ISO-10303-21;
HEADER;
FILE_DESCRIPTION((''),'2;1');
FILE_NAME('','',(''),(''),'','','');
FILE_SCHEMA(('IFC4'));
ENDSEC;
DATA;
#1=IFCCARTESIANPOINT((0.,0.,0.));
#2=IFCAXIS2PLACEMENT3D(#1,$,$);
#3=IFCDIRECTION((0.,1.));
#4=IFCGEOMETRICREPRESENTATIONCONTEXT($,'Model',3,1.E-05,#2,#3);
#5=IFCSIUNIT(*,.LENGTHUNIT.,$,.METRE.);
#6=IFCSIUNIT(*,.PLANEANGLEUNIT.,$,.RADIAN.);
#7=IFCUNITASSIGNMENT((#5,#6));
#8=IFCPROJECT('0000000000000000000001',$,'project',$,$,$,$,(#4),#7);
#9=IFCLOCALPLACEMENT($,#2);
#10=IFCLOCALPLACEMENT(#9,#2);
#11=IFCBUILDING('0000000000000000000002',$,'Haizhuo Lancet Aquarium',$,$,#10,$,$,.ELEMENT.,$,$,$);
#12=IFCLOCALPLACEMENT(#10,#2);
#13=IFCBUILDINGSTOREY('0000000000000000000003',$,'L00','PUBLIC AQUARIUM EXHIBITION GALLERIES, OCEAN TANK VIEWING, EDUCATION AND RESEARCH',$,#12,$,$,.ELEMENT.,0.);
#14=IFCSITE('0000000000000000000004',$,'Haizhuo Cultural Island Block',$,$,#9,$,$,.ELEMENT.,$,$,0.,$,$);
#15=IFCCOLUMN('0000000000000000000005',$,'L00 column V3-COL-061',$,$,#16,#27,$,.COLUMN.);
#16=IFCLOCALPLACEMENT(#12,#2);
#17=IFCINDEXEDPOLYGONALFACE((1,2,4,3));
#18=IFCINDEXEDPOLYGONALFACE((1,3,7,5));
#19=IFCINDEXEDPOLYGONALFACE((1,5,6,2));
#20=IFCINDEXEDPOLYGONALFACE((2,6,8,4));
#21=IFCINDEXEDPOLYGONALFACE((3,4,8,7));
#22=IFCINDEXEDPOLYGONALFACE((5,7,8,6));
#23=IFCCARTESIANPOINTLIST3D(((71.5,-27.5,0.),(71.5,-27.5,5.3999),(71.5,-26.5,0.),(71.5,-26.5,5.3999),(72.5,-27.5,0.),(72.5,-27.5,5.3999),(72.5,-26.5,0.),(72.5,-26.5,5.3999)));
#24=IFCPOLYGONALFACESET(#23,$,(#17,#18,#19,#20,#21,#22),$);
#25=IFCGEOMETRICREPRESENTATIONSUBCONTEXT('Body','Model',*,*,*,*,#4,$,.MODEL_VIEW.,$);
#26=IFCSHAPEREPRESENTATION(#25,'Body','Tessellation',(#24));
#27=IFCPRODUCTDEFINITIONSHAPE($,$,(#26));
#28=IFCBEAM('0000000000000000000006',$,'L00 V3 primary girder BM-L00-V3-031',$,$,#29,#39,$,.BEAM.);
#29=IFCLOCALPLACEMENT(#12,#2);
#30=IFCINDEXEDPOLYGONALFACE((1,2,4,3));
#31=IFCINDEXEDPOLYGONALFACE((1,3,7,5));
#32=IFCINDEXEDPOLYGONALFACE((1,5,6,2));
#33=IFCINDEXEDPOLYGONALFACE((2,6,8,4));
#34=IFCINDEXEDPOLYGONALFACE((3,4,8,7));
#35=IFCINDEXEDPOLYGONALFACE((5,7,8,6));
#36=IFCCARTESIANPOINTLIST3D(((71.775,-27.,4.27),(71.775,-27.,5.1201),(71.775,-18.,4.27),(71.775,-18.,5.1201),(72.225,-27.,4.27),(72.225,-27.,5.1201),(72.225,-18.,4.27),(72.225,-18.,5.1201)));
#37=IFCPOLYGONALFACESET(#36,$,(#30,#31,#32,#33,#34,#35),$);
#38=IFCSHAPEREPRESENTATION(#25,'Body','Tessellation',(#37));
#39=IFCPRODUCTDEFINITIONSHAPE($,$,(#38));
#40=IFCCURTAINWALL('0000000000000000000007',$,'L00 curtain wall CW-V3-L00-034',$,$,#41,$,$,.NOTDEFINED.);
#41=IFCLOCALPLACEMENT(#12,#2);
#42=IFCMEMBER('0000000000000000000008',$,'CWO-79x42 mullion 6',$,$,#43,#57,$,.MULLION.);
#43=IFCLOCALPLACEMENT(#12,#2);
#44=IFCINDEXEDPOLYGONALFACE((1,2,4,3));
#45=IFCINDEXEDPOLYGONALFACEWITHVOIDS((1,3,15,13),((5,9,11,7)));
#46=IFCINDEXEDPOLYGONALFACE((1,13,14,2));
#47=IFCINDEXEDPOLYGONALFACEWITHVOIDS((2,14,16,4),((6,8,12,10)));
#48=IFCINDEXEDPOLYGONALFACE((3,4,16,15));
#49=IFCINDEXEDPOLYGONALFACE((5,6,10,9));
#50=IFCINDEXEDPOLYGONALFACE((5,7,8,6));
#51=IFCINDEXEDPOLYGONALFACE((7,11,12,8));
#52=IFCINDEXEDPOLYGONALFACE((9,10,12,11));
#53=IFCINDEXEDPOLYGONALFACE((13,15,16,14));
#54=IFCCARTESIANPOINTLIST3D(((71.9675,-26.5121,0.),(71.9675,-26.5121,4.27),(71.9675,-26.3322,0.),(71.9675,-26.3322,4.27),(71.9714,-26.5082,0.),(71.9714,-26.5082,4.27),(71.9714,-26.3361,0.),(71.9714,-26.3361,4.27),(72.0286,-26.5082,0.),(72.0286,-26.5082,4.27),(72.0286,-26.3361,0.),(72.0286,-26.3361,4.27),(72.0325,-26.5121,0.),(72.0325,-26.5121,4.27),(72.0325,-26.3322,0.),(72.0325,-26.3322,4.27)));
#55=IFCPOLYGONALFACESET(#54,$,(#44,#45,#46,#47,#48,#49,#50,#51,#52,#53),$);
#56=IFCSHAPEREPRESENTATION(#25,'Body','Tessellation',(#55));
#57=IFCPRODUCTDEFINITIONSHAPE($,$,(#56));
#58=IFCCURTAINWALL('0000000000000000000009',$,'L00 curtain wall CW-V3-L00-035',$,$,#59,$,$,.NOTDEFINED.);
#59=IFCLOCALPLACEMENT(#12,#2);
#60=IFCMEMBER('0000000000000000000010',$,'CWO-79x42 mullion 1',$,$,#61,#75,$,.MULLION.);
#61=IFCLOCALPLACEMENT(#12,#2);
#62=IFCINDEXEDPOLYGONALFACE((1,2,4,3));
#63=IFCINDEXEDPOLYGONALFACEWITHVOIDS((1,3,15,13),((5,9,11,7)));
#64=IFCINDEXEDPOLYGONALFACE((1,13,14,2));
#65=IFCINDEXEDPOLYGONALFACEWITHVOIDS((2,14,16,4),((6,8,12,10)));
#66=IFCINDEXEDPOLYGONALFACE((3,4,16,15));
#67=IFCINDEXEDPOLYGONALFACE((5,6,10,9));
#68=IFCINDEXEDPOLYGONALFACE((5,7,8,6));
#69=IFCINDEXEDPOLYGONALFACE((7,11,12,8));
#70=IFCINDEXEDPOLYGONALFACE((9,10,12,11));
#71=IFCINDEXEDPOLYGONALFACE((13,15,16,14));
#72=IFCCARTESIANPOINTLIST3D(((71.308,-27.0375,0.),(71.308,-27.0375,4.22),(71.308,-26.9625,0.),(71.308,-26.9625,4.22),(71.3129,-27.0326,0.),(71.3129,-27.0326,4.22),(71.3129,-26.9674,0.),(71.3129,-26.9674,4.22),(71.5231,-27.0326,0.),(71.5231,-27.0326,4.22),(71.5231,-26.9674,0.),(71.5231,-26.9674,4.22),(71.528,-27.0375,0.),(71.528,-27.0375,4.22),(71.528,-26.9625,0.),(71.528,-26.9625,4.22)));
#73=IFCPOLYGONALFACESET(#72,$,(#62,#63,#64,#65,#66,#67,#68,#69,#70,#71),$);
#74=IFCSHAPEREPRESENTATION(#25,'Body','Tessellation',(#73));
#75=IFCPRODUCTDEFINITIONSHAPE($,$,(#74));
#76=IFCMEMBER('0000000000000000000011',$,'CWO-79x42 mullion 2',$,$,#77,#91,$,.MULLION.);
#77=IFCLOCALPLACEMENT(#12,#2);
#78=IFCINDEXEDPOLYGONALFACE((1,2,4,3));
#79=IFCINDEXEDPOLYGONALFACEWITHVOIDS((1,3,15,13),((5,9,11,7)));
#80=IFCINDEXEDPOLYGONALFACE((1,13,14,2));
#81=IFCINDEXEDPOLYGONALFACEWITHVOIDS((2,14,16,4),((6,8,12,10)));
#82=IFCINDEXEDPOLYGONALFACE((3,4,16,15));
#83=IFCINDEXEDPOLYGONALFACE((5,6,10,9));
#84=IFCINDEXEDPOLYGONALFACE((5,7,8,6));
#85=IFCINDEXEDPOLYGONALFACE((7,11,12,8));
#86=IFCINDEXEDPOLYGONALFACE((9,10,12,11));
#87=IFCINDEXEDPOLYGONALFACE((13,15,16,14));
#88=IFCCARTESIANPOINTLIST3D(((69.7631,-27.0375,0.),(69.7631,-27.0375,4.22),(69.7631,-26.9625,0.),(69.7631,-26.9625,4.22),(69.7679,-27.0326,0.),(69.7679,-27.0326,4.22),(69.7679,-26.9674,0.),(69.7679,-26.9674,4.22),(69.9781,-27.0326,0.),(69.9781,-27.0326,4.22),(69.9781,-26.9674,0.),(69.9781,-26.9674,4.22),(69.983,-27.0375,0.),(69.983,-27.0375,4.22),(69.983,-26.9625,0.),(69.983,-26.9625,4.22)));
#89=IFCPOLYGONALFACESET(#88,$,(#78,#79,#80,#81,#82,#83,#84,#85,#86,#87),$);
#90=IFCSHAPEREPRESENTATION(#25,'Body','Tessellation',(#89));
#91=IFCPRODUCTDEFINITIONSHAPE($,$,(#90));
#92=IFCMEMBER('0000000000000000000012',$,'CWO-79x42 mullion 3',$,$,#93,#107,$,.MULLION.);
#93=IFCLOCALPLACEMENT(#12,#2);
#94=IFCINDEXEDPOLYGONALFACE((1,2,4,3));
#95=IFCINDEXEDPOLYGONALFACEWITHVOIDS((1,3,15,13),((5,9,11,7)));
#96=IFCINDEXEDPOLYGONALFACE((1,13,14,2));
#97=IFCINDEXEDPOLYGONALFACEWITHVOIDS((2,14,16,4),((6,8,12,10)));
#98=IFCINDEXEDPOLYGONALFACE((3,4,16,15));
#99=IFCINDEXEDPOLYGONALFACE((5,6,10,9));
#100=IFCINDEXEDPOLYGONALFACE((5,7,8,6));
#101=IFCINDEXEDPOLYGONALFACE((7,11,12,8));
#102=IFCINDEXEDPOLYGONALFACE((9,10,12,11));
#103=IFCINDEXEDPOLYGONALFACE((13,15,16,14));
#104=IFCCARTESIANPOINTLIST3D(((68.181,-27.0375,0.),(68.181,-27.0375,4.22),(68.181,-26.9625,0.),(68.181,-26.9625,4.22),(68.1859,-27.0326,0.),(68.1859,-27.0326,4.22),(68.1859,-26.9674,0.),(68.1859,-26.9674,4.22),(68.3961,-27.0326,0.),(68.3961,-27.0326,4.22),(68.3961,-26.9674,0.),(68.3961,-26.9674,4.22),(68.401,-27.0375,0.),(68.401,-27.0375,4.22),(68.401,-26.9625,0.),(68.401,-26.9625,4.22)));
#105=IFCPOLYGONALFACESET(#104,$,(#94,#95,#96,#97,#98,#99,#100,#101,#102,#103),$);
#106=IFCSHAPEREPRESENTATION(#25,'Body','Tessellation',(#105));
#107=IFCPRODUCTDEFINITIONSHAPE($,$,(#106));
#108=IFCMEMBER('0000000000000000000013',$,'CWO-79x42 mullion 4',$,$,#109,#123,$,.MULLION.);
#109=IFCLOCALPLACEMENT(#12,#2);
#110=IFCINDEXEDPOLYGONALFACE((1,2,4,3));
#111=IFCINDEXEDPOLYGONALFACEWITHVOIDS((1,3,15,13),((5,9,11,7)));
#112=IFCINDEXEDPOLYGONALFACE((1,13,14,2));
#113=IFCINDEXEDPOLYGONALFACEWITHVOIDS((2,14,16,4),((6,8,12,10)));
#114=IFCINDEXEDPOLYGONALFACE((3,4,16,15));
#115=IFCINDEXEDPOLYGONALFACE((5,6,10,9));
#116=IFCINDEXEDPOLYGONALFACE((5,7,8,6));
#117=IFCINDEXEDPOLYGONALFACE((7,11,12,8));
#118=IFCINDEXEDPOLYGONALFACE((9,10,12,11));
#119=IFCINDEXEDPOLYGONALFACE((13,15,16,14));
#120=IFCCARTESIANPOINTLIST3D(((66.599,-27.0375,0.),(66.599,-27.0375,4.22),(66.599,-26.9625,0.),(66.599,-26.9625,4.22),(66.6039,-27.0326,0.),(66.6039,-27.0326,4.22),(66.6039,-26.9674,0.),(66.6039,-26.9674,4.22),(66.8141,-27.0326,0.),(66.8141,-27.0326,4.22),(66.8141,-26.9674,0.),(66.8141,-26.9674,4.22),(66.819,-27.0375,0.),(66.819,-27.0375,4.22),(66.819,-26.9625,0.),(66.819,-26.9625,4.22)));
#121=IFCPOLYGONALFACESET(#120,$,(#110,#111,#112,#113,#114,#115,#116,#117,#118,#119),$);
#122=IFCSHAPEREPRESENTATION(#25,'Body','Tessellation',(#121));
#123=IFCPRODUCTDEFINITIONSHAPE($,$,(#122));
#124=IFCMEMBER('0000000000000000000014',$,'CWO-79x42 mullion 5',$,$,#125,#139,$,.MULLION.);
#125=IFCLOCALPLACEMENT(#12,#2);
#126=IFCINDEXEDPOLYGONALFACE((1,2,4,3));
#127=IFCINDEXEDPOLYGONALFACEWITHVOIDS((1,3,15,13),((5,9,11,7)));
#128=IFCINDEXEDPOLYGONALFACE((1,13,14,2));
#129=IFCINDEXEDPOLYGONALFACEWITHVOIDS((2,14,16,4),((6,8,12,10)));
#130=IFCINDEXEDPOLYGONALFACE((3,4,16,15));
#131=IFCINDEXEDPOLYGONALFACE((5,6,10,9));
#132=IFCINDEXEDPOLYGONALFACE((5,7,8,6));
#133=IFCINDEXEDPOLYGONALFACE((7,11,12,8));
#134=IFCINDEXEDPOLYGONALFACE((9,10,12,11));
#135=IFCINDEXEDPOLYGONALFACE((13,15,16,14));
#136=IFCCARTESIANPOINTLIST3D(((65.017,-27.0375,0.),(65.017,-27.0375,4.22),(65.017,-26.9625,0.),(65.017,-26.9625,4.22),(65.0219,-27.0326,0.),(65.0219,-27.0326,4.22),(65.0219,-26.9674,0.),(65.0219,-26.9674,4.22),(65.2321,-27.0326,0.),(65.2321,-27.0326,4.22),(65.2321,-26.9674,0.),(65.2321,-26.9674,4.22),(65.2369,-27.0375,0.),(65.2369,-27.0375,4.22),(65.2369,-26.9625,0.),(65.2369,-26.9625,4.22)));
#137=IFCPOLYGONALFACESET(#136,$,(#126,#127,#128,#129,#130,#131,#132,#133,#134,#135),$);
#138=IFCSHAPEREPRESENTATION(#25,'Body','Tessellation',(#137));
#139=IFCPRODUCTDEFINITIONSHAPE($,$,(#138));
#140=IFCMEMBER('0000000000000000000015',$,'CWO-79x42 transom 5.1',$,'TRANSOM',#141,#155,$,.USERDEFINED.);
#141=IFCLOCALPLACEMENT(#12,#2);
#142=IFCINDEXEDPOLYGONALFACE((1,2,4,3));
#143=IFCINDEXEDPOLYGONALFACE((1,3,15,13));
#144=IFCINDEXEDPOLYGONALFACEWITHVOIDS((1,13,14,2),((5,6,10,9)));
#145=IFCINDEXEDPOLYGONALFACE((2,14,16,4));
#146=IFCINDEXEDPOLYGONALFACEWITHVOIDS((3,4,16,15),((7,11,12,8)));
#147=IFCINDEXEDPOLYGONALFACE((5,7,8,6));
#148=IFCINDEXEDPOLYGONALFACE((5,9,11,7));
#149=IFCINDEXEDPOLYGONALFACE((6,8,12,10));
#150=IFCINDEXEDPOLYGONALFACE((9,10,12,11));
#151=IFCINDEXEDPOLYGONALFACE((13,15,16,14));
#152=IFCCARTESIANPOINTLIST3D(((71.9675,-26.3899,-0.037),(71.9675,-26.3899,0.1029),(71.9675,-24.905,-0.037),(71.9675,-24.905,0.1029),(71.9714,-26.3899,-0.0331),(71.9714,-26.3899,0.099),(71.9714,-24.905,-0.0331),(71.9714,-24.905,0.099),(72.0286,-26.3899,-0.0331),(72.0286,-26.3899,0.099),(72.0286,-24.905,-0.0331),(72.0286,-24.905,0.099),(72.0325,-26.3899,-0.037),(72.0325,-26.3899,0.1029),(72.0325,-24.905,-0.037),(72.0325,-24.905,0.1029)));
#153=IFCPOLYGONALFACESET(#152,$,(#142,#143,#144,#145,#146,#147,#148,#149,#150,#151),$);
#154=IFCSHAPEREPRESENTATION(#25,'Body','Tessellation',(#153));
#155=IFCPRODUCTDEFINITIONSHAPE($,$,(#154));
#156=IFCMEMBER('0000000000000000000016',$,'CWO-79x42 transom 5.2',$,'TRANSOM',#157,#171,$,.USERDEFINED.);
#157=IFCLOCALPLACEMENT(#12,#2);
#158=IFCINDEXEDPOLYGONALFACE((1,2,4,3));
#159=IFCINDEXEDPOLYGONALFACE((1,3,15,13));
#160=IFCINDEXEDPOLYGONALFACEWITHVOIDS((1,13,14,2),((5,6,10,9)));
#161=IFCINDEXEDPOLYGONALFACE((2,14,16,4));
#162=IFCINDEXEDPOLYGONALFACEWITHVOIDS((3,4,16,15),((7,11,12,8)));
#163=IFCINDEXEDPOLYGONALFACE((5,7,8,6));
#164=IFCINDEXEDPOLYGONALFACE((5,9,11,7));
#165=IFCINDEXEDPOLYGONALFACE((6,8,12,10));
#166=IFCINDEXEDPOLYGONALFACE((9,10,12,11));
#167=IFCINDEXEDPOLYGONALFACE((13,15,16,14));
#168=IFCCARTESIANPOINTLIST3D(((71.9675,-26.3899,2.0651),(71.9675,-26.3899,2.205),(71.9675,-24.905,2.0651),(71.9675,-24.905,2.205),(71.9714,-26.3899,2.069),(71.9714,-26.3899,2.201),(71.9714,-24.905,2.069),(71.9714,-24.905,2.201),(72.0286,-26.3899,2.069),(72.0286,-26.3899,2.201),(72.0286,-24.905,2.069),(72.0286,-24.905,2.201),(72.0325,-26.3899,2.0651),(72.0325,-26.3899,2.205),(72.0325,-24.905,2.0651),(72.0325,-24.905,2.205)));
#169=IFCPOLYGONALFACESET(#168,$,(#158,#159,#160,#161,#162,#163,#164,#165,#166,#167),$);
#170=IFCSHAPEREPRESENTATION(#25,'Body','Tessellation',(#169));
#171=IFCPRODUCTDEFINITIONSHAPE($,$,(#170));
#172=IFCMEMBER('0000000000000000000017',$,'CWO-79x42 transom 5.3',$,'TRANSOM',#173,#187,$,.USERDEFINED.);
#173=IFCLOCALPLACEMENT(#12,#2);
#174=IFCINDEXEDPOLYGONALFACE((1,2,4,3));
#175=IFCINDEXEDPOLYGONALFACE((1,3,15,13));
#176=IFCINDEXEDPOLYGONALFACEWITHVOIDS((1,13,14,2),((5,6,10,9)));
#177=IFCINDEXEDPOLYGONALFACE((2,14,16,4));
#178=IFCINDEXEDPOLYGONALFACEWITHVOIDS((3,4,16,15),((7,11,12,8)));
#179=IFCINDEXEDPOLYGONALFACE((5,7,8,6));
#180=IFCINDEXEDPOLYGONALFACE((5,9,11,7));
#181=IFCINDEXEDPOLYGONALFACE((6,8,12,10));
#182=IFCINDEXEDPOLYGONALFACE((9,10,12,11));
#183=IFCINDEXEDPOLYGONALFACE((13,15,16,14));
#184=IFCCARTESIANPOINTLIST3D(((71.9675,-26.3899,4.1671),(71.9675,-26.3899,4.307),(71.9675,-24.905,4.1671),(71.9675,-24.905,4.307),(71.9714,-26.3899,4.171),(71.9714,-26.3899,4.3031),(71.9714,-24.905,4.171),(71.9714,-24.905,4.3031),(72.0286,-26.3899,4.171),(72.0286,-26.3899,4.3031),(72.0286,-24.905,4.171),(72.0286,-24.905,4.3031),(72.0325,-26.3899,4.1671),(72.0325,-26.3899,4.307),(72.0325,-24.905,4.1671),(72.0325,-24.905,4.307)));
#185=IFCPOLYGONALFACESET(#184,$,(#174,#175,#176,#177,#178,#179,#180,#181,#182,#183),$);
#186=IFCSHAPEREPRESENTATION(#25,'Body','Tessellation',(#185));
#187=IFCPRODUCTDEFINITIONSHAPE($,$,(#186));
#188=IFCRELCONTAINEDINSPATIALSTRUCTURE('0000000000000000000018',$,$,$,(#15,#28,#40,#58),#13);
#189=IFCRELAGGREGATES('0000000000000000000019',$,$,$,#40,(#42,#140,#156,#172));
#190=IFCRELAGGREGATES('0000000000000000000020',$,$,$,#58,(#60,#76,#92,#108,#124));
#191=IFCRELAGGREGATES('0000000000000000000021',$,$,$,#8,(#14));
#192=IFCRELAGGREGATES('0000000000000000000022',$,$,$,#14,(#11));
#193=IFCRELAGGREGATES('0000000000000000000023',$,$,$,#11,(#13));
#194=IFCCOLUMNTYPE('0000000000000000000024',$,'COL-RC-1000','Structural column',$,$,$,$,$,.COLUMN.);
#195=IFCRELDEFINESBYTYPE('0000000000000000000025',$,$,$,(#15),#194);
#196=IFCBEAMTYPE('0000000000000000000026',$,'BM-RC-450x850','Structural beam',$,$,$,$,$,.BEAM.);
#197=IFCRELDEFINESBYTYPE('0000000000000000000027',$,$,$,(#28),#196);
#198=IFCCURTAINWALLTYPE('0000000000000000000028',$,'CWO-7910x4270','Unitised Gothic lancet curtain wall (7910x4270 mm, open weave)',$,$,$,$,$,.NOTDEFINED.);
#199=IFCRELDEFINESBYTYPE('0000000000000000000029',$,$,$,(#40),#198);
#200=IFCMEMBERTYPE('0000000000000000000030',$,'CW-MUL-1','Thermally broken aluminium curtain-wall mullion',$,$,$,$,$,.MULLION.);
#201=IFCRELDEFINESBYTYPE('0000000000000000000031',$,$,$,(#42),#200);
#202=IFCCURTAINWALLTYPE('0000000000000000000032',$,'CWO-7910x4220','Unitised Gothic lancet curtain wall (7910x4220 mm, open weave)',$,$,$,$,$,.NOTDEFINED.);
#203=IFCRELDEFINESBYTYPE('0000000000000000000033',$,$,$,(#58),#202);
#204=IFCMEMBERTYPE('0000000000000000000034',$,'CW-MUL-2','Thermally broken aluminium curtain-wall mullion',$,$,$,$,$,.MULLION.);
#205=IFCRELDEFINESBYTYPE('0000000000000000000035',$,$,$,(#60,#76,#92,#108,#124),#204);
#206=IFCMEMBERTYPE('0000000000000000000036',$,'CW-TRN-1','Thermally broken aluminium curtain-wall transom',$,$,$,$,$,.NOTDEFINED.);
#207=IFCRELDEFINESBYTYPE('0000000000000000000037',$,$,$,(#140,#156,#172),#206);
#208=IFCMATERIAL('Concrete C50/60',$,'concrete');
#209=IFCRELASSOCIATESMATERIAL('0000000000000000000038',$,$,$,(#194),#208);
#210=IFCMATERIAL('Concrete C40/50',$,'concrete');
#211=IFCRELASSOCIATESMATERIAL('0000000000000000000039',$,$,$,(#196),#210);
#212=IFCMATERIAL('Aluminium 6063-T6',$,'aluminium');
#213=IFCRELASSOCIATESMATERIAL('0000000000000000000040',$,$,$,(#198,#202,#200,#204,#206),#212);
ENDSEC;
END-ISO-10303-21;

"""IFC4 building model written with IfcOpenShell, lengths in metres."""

from ifc_helpers import new_model, si_unit, direction, frame, origin, origin_2d, place, context, subcontext, project, spatial, rectangle, hollow_rectangle, extrude, material, material_profile, profile_set, type_object, element, aggregate, save


model = new_model("IFC4")

# Units and contexts
model_context = context("Model", 3, precision=1e-05, world=origin(), true_north=direction((0.0, 1.0)))
body_context = subcontext(model_context, "Body", "Model", "MODEL_VIEW")
ifc_project = project(units=[si_unit("LENGTHUNIT", "METRE"), si_unit("PLANEANGLEUNIT", "RADIAN")], contexts=[model_context])

# Site, building, storey
site_placement = place(None, origin())
site = spatial("IfcSite", under=ifc_project, at=site_placement, Name="Haizhuo Cultural Island Block", CompositionType="ELEMENT", RefElevation=0.0)
building_placement = place(site_placement, origin())
building = spatial("IfcBuilding", under=site, at=building_placement, Name="Haizhuo Lancet Aquarium", CompositionType="ELEMENT")
storey_placement = place(building_placement, origin())
storey = spatial("IfcBuildingStorey", under=building, at=storey_placement, Name="L00", Description="PUBLIC AQUARIUM EXHIBITION GALLERIES, OCEAN TANK VIEWING, EDUCATION AND RESEARCH", CompositionType="ELEMENT", Elevation=0.0)

# Column
ifc_material_1 = material(Name="Concrete C50/60", Category="concrete")
ifc_material_profile_1 = material_profile(ifc_material_1, rectangle(XDim=1.0, YDim=1.0, at=origin_2d()), Name="RC-COL 1000x1000")
ifc_profile_set_1 = profile_set([ifc_material_profile_1], Name="Concrete C50/60")
column_type = type_object("IfcColumnType", Name="COL-RC-1000", Description="Structural column", PredefinedType="COLUMN", material=ifc_profile_set_1)
column_placement = place(storey_placement, frame((72.0, -27.0, 0.0), z_axis=(0.0, 0.0, 1.0), x_axis=(1.0, 0.0, 0.0)))
element("IfcColumn", 1, at=column_placement, inside=storey, type_object=column_type, Name="L00 column V3-COL-061", PredefinedType="COLUMN", context=body_context, shape_type="SweptSolid", body=[
    extrude(rectangle(XDim=1.0, YDim=1.0, at=origin_2d()), origin(), (0.0, 0.0, 1.0), 5.3999),
])

# Beam
ifc_material_2 = material(Name="Concrete C40/50", Category="concrete")
ifc_material_profile_2 = material_profile(ifc_material_2, rectangle(XDim=0.45, YDim=0.8501, at=origin_2d()), Name="RC-BM 450x850")
ifc_profile_set_2 = profile_set([ifc_material_profile_2], Name="Concrete C40/50")
beam_type = type_object("IfcBeamType", Name="BM-RC-450x850", Description="Structural beam", PredefinedType="BEAM", material=ifc_profile_set_2)
beam_placement = place(storey_placement, frame((72.0, -27.0, 4.6951), z_axis=(0.0, 1.0, 0.0), x_axis=(-1.0, 0.0, 0.0)))
element("IfcBeam", 2, at=beam_placement, inside=storey, type_object=beam_type, Name="L00 V3 primary girder BM-L00-V3-031", PredefinedType="BEAM", context=body_context, shape_type="SweptSolid", body=[
    extrude(rectangle(XDim=0.45, YDim=0.8501, at=origin_2d()), origin(), (0.0, 0.0, 1.0), 9.0),
])

# Curtain wall, member
ifc_material_3 = material(Name="Aluminium 6063-T6", Category="aluminium")
curtain_wall_type_1 = type_object("IfcCurtainWallType", Name="CWO-7910x4270", Description="Unitised Gothic lancet curtain wall (7910x4270 mm, open weave)", PredefinedType="NOTDEFINED", material=ifc_material_3)
curtain_wall_1_placement = place(storey_placement, origin())
curtain_wall_1 = element("IfcCurtainWall", 3, at=curtain_wall_1_placement, inside=storey, type_object=curtain_wall_type_1, Name="L00 curtain wall CW-V3-L00-034", PredefinedType="NOTDEFINED")
ifc_material_profile_3 = material_profile(ifc_material_3, hollow_rectangle(XDim=0.0649, YDim=0.1799, WallThickness=0.0039, at=origin_2d()), Name="ALU-M 65x180x4")
ifc_profile_set_3 = profile_set([ifc_material_profile_3], Name="Aluminium 6063-T6")
member_type_1 = type_object("IfcMemberType", Name="CW-MUL-1", Description="Thermally broken aluminium curtain-wall mullion", PredefinedType="MULLION", material=ifc_profile_set_3)
member_1_placement = place(storey_placement, frame((72.0, -26.4221, 0.0), z_axis=(0.0, 0.0, 1.0), x_axis=(1.0, 0.0, 0.0)))
member_1 = element("IfcMember", 4, at=member_1_placement, type_object=member_type_1, Name="CWO-79x42 mullion 6", PredefinedType="MULLION", context=body_context, shape_type="SweptSolid", body=[
    extrude(hollow_rectangle(XDim=0.0649, YDim=0.1799, WallThickness=0.0039, at=origin_2d()), origin(), (0.0, 0.0, 1.0), 4.27),
])

# Curtain wall, members
curtain_wall_type_2 = type_object("IfcCurtainWallType", Name="CWO-7910x4220", Description="Unitised Gothic lancet curtain wall (7910x4220 mm, open weave)", PredefinedType="NOTDEFINED", material=ifc_material_3)
curtain_wall_2_placement = place(storey_placement, origin())
curtain_wall_2 = element("IfcCurtainWall", 5, at=curtain_wall_2_placement, inside=storey, type_object=curtain_wall_type_2, Name="L00 curtain wall CW-V3-L00-035", PredefinedType="NOTDEFINED")
ifc_material_profile_4 = material_profile(ifc_material_3, hollow_rectangle(XDim=0.075, YDim=0.22, WallThickness=0.0049, at=origin_2d()), Name="ALU-M 75x220x5")
ifc_profile_set_4 = profile_set([ifc_material_profile_4], Name="Aluminium 6063-T6")
member_type_2 = type_object("IfcMemberType", Name="CW-MUL-2", Description="Thermally broken aluminium curtain-wall mullion", PredefinedType="MULLION", material=ifc_profile_set_4)
member_2_placement = place(storey_placement, frame((71.418, -27.0, 0.0), z_axis=(0.0, 0.0, 1.0), x_axis=(0.0, -1.0, 0.0)))
member_2 = element("IfcMember", 6, at=member_2_placement, type_object=member_type_2, Name="CWO-79x42 mullion 1", PredefinedType="MULLION", context=body_context, shape_type="SweptSolid", body=[
    extrude(hollow_rectangle(XDim=0.075, YDim=0.22, WallThickness=0.0049, at=origin_2d()), origin(), (0.0, 0.0, 1.0), 4.22),
])
member_3_placement = place(storey_placement, frame((69.873, -27.0, 0.0), z_axis=(0.0, 0.0, 1.0), x_axis=(0.0, -1.0, 0.0)))
member_3 = element("IfcMember", 7, at=member_3_placement, type_object=member_type_2, Name="CWO-79x42 mullion 2", PredefinedType="MULLION", context=body_context, shape_type="SweptSolid", body=[
    extrude(hollow_rectangle(XDim=0.075, YDim=0.22, WallThickness=0.0049, at=origin_2d()), origin(), (0.0, 0.0, 1.0), 4.22),
])
member_4_placement = place(storey_placement, frame((68.291, -27.0, 0.0), z_axis=(0.0, 0.0, 1.0), x_axis=(0.0, -1.0, 0.0)))
member_4 = element("IfcMember", 8, at=member_4_placement, type_object=member_type_2, Name="CWO-79x42 mullion 3", PredefinedType="MULLION", context=body_context, shape_type="SweptSolid", body=[
    extrude(hollow_rectangle(XDim=0.075, YDim=0.22, WallThickness=0.0049, at=origin_2d()), origin(), (0.0, 0.0, 1.0), 4.22),
])
member_5_placement = place(storey_placement, frame((66.709, -27.0, 0.0), z_axis=(0.0, 0.0, 1.0), x_axis=(0.0, -1.0, 0.0)))
member_5 = element("IfcMember", 9, at=member_5_placement, type_object=member_type_2, Name="CWO-79x42 mullion 4", PredefinedType="MULLION", context=body_context, shape_type="SweptSolid", body=[
    extrude(hollow_rectangle(XDim=0.075, YDim=0.22, WallThickness=0.0049, at=origin_2d()), origin(), (0.0, 0.0, 1.0), 4.22),
])
member_6_placement = place(storey_placement, frame((65.127, -27.0, 0.0), z_axis=(0.0, 0.0, 1.0), x_axis=(0.0, -1.0, 0.0)))
member_6 = element("IfcMember", 10, at=member_6_placement, type_object=member_type_2, Name="CWO-79x42 mullion 5", PredefinedType="MULLION", context=body_context, shape_type="SweptSolid", body=[
    extrude(hollow_rectangle(XDim=0.075, YDim=0.22, WallThickness=0.0049, at=origin_2d()), origin(), (0.0, 0.0, 1.0), 4.22),
])

# Members
ifc_material_profile_5 = material_profile(ifc_material_3, hollow_rectangle(XDim=0.0649, YDim=0.1399, WallThickness=0.0039, at=origin_2d()), Name="ALU-T 65x140x4")
ifc_profile_set_5 = profile_set([ifc_material_profile_5], Name="Aluminium 6063-T6")
member_type_3 = type_object("IfcMemberType", Name="CW-TRN-1", Description="Thermally broken aluminium curtain-wall transom", PredefinedType="NOTDEFINED", material=ifc_profile_set_5)
member_7_placement = place(storey_placement, frame((72.0, -24.905, 0.033), z_axis=(0.0, -1.0, 0.0), x_axis=(1.0, 0.0, 0.0)))
member_7 = element("IfcMember", 11, at=member_7_placement, type_object=member_type_3, Name="CWO-79x42 transom 5.1", ObjectType="TRANSOM", PredefinedType="USERDEFINED", context=body_context, shape_type="SweptSolid", body=[
    extrude(hollow_rectangle(XDim=0.0649, YDim=0.1399, WallThickness=0.0039, at=origin_2d()), origin(), (0.0, 0.0, 1.0), 1.4849),
])
member_8_placement = place(storey_placement, frame((72.0, -24.905, 2.135), z_axis=(0.0, -1.0, 0.0), x_axis=(1.0, 0.0, 0.0)))
member_8 = element("IfcMember", 12, at=member_8_placement, type_object=member_type_3, Name="CWO-79x42 transom 5.2", ObjectType="TRANSOM", PredefinedType="USERDEFINED", context=body_context, shape_type="SweptSolid", body=[
    extrude(hollow_rectangle(XDim=0.0649, YDim=0.1399, WallThickness=0.0039, at=origin_2d()), origin(), (0.0, 0.0, 1.0), 1.4849),
])
member_9_placement = place(storey_placement, frame((72.0, -24.905, 4.2371), z_axis=(0.0, -1.0, 0.0), x_axis=(1.0, 0.0, 0.0)))
member_9 = element("IfcMember", 13, at=member_9_placement, type_object=member_type_3, Name="CWO-79x42 transom 5.3", ObjectType="TRANSOM", PredefinedType="USERDEFINED", context=body_context, shape_type="SweptSolid", body=[
    extrude(hollow_rectangle(XDim=0.0649, YDim=0.1399, WallThickness=0.0039, at=origin_2d()), origin(), (0.0, 0.0, 1.0), 1.4849),
])

aggregate(curtain_wall_1, [member_1, member_7, member_8, member_9])
aggregate(curtain_wall_2, [member_2, member_3, member_4, member_5, member_6])

save(model, "model.ifc")
